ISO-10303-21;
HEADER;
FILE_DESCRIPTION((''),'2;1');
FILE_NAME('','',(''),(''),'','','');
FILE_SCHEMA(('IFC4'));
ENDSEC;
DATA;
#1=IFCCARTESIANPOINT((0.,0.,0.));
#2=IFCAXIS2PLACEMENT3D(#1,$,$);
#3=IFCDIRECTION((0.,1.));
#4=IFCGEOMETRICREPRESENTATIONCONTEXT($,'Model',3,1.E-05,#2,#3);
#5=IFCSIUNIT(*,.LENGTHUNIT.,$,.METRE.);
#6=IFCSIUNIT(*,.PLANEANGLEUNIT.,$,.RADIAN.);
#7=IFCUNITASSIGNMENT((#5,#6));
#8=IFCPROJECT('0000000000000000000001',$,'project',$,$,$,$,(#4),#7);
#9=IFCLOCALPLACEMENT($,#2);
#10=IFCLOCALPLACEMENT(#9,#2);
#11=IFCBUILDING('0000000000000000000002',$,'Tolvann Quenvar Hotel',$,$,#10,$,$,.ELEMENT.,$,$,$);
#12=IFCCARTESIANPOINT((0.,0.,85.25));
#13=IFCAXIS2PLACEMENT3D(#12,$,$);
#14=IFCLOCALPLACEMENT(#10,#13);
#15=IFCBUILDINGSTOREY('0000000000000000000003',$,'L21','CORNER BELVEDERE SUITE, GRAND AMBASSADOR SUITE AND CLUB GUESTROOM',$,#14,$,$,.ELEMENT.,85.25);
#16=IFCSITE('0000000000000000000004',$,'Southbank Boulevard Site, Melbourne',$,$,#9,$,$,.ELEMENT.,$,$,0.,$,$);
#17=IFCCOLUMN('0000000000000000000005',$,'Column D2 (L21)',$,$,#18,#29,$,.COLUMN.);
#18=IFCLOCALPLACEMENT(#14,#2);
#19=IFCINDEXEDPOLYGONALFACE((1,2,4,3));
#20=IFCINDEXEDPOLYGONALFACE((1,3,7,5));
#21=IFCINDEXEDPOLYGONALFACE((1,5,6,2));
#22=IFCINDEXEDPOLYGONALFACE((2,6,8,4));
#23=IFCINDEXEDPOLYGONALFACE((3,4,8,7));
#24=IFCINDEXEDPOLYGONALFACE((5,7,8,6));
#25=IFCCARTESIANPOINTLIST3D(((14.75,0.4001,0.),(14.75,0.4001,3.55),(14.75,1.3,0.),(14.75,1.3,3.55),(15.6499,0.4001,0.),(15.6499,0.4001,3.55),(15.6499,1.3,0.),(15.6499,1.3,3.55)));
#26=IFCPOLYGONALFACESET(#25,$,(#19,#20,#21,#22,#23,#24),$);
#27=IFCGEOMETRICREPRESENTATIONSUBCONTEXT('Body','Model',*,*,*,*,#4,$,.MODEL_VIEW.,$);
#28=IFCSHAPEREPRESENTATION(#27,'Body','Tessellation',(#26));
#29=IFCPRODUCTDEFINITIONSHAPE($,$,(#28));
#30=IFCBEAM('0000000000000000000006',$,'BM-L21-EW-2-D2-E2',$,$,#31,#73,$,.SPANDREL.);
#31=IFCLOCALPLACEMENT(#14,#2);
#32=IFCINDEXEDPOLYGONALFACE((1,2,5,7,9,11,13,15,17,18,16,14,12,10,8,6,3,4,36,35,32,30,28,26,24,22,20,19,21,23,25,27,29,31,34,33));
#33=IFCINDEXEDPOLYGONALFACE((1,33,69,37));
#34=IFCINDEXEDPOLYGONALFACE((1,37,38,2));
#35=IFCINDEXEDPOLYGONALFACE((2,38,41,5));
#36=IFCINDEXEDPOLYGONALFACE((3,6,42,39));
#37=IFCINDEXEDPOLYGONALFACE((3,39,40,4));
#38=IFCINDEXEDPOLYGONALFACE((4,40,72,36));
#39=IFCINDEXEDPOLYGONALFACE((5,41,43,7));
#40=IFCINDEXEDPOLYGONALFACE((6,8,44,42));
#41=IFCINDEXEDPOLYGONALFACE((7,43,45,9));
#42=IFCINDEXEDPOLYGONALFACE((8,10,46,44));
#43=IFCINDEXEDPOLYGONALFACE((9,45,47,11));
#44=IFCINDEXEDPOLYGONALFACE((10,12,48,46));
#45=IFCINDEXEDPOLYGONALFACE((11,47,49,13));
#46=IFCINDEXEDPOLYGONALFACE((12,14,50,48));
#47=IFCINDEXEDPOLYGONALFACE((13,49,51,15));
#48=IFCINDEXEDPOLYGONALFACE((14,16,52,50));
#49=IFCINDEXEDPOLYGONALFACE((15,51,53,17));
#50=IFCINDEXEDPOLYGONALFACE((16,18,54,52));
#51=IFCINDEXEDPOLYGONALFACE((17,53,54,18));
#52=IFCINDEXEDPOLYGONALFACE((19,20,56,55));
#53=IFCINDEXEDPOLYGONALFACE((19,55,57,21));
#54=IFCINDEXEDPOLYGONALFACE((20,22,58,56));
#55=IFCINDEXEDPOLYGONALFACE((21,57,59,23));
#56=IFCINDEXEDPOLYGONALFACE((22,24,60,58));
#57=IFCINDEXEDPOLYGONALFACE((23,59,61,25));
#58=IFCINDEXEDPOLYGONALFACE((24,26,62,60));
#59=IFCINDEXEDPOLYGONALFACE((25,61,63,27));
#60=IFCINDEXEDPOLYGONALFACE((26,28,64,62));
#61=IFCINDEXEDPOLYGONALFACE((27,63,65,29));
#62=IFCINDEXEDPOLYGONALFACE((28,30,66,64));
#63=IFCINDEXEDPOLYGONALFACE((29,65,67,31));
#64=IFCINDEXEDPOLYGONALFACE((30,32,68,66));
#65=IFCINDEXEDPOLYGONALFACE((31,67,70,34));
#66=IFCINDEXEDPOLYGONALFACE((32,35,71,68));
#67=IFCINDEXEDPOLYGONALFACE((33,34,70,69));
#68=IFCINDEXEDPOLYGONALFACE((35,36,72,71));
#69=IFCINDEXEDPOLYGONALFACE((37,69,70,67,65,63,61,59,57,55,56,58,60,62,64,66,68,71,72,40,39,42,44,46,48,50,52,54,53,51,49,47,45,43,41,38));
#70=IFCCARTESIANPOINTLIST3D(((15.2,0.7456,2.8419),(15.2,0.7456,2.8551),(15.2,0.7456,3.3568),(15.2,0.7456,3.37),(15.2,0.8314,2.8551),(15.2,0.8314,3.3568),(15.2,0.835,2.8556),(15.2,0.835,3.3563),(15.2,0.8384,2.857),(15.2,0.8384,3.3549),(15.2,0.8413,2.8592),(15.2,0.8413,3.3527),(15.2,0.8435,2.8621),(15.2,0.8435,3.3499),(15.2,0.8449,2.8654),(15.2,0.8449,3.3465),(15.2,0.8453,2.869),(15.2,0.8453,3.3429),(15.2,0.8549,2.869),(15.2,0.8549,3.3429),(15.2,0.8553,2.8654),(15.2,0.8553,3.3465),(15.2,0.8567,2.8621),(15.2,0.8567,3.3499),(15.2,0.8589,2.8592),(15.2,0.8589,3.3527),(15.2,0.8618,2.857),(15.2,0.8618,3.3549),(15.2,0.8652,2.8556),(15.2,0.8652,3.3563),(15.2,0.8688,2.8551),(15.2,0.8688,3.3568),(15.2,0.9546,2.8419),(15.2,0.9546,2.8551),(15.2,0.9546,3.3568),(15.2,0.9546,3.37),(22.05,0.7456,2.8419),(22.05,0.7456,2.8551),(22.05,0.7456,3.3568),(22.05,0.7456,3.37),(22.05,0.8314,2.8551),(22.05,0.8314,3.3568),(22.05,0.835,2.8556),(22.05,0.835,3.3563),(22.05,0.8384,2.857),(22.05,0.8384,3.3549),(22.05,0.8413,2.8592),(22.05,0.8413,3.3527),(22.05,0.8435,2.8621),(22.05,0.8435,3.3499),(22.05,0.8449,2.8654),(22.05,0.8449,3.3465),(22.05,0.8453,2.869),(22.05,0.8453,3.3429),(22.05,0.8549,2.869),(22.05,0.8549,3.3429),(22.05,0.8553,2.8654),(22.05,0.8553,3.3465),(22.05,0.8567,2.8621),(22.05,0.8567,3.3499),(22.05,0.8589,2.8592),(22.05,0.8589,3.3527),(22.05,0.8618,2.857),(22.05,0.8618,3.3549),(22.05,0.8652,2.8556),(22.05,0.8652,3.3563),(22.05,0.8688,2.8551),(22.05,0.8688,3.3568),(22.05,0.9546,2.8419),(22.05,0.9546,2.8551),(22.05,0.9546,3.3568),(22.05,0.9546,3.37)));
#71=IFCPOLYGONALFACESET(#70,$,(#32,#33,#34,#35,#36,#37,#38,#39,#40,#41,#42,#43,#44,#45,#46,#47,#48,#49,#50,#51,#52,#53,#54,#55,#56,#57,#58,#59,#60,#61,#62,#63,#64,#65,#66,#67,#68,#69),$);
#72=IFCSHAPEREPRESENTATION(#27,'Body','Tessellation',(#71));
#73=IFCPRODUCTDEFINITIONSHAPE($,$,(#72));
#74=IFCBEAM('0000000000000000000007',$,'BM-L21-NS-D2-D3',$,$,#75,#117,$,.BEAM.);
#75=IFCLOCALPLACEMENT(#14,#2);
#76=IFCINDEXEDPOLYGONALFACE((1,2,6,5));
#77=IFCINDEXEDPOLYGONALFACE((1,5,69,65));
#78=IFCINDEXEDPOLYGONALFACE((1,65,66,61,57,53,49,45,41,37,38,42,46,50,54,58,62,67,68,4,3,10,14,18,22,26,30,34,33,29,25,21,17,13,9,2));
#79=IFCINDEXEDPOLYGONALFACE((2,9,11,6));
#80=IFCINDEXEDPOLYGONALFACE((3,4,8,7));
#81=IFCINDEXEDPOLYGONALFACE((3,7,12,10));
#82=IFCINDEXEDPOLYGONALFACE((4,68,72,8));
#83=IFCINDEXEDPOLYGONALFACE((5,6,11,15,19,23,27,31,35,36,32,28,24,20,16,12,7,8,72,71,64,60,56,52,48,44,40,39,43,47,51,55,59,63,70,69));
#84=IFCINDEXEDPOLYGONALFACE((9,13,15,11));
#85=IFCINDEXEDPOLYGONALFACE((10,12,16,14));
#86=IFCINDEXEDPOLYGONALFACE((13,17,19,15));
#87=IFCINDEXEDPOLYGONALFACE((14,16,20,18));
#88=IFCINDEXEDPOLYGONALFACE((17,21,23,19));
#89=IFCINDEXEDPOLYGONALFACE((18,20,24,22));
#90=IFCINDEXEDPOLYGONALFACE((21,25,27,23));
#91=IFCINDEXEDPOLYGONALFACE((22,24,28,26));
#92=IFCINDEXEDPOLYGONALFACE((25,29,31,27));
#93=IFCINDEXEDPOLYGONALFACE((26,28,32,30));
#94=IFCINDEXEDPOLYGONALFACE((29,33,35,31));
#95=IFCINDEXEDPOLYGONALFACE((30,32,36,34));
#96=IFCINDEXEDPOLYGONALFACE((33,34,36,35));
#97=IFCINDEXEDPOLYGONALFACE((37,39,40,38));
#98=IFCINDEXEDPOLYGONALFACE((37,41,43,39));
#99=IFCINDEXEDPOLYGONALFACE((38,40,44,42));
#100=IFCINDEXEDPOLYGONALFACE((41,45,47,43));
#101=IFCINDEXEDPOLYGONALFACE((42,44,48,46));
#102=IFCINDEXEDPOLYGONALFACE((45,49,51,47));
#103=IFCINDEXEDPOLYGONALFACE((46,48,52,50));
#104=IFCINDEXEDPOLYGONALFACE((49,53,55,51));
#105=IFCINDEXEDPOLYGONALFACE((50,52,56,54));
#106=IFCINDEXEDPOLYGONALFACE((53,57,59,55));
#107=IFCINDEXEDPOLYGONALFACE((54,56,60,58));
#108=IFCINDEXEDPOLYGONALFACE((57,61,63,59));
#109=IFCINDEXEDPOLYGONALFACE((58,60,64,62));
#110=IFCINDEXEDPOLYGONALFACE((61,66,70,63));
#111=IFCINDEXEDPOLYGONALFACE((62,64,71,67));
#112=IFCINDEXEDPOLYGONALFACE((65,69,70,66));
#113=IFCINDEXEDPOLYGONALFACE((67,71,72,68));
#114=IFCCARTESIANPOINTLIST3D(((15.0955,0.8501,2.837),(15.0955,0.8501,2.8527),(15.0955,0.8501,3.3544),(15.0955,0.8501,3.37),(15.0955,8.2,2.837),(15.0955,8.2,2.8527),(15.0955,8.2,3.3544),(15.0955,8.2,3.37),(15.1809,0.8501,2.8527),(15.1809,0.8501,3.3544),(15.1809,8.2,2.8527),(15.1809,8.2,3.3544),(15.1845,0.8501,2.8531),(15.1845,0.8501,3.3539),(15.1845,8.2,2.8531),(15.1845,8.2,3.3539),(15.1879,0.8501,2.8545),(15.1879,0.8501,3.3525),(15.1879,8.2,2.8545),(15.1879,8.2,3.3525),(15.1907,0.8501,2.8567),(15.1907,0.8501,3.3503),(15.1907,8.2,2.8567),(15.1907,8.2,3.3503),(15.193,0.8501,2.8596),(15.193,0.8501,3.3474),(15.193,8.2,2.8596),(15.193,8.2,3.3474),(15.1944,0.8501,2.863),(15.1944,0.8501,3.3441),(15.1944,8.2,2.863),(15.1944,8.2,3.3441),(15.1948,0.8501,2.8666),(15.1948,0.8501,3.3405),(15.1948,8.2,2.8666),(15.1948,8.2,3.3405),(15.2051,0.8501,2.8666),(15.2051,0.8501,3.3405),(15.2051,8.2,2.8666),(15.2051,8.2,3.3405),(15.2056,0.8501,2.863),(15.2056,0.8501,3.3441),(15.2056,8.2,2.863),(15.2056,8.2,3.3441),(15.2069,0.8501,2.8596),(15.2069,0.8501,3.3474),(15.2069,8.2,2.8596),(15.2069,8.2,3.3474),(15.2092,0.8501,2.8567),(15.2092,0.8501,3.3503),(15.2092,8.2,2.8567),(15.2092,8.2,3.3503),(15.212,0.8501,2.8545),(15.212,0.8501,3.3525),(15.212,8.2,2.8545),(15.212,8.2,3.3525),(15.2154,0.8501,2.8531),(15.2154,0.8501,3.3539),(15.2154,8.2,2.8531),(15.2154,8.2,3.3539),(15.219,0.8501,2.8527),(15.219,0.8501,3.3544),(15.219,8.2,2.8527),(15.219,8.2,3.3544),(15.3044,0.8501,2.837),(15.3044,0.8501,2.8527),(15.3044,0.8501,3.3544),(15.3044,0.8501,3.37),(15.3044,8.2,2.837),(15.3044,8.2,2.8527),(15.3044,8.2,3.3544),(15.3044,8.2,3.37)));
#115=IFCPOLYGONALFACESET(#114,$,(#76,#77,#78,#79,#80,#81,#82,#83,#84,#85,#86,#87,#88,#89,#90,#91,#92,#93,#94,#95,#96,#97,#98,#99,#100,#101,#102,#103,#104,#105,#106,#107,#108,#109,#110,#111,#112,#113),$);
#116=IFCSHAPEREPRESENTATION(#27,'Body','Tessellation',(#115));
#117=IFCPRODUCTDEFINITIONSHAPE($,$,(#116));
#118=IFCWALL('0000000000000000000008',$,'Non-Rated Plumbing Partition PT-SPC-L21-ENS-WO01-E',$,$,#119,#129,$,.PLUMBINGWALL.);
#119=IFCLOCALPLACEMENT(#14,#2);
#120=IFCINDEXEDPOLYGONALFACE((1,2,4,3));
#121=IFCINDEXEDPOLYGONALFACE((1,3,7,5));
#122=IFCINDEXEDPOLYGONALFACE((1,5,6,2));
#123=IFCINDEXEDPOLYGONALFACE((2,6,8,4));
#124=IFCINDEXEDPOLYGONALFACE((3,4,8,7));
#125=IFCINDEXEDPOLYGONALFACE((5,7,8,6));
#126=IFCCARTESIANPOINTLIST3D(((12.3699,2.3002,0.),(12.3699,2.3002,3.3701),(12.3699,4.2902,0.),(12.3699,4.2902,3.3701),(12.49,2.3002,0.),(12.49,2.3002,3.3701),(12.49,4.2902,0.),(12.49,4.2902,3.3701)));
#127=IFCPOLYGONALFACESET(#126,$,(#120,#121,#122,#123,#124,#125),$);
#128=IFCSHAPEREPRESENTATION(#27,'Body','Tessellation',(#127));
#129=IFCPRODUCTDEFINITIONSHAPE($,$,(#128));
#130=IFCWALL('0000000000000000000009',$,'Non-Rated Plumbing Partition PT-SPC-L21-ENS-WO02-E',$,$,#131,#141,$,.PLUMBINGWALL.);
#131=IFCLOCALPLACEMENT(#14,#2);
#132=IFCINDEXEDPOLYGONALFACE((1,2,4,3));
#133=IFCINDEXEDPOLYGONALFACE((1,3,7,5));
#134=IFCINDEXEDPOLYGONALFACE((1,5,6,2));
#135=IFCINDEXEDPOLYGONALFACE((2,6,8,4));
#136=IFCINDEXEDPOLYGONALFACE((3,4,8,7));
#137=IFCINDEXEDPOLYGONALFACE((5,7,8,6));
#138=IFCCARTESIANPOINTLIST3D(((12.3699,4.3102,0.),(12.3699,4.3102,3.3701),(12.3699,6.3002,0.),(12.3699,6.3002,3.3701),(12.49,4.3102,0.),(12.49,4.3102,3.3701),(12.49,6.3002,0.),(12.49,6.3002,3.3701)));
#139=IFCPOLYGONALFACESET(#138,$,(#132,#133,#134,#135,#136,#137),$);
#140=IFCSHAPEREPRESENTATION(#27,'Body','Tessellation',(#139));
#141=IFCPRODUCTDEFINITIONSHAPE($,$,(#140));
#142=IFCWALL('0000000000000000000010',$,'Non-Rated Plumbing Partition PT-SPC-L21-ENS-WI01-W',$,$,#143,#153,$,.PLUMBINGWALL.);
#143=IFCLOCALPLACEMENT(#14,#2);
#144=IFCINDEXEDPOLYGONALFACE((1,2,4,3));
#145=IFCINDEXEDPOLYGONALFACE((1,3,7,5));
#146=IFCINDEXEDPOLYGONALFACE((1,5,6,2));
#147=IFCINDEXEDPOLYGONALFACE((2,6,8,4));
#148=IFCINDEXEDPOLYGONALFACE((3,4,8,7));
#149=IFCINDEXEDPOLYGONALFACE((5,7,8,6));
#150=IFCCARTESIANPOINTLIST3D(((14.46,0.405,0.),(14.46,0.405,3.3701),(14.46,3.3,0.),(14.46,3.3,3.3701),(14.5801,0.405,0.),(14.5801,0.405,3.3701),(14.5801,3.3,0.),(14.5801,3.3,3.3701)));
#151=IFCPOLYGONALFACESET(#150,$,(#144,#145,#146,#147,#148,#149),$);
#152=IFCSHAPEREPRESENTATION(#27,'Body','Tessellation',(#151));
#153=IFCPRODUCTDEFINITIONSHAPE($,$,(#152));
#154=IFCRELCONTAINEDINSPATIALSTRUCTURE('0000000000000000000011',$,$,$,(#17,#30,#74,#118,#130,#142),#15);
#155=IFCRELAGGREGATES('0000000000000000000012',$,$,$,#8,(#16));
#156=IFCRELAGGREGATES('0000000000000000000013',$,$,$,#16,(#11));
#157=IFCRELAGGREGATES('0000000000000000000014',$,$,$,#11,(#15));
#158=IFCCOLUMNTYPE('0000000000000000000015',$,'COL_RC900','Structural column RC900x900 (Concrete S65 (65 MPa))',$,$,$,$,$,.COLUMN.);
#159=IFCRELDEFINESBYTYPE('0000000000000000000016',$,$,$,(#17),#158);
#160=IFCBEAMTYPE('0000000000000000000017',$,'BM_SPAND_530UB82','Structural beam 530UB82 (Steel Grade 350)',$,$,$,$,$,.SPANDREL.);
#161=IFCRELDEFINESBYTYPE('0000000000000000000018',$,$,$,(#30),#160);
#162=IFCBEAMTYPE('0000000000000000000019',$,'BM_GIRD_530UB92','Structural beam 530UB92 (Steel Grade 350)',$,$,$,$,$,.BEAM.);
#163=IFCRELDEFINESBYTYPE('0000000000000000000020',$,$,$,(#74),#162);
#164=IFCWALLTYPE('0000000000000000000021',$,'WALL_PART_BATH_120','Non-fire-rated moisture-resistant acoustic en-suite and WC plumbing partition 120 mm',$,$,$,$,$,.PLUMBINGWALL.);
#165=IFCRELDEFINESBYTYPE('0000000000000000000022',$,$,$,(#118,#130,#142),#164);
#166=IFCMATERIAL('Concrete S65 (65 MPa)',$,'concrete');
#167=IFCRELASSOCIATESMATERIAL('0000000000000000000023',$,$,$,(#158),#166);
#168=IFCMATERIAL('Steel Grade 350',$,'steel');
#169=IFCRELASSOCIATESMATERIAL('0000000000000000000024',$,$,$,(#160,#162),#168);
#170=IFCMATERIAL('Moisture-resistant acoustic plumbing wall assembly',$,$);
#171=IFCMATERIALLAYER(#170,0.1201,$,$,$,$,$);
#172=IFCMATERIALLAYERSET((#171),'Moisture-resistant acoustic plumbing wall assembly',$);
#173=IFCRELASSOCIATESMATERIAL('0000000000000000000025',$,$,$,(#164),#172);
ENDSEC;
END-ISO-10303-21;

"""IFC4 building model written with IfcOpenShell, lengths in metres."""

from ifc_helpers import new_model, si_unit, direction, frame, frame_2d, origin, origin_2d, place, context, subcontext, project, spatial, rectangle, i_section, extrude, source, transform, mapped, material, layer, layer_set, material_profile, profile_set, type_object, type_shapes, element, save


model = new_model("IFC4")

# Units and contexts
model_context = context("Model", 3, precision=1e-05, world=origin(), true_north=direction((0.0, 1.0)))
body_context = subcontext(model_context, "Body", "Model", "MODEL_VIEW")
ifc_project = project(units=[si_unit("LENGTHUNIT", "METRE"), si_unit("PLANEANGLEUNIT", "RADIAN")], contexts=[model_context])

# Site, building, storey
site_placement = place(None, origin())
site = spatial("IfcSite", under=ifc_project, at=site_placement, Name="Southbank Boulevard Site, Melbourne", CompositionType="ELEMENT", RefElevation=0.0)
building_placement = place(site_placement, origin())
building = spatial("IfcBuilding", under=site, at=building_placement, Name="Tolvann Quenvar Hotel", CompositionType="ELEMENT")
storey_placement = place(building_placement, frame((0.0, 0.0, 85.25)))
storey = spatial("IfcBuildingStorey", under=building, at=storey_placement, Name="L21", Description="CORNER BELVEDERE SUITE, GRAND AMBASSADOR SUITE AND CLUB GUESTROOM", CompositionType="ELEMENT", Elevation=85.25)

# Column
ifc_material_1 = material(Name="Concrete S65 (65 MPa)", Category="concrete")
ifc_material_profile_1 = material_profile(ifc_material_1, rectangle(XDim=0.8999, YDim=0.8999, at=origin_2d()), Name="RC900x900")
ifc_profile_set_1 = profile_set([ifc_material_profile_1], Name="Concrete S65 (65 MPa)")
column_type = type_object("IfcColumnType", Name="COL_RC900", Description="Structural column RC900x900 (Concrete S65 (65 MPa))", PredefinedType="COLUMN", material=ifc_profile_set_1)
shared_shape_1 = source(origin(), body_context, "Body", "SweptSolid", [
    extrude(rectangle(XDim=0.8999, YDim=0.8999, at=origin_2d()), origin(), (0.0, 0.0, 1.0), 3.55),
])
type_shapes(column_type, [shared_shape_1])
column_placement = place(storey_placement, frame((15.2, 0.8501, 0.0), z_axis=(0.0, 0.0, 1.0), x_axis=(1.0, 0.0, 0.0)))
element("IfcColumn", 1, at=column_placement, inside=storey, type_object=column_type, Name="Column D2 (L21)", PredefinedType="COLUMN", context=body_context, shape_type="MappedRepresentation", body=[
    mapped(shared_shape_1, transform((0.0, 0.0, 0.0), x_axis=(1.0, 0.0, 0.0), y_axis=(0.0, 1.0, 0.0), z_axis=(0.0, 0.0, 1.0), scale=1.0)),
])

# Beams
ifc_material_2 = material(Name="Steel Grade 350", Category="steel")
ifc_material_profile_2 = material_profile(ifc_material_2, i_section(OverallWidth=0.209, OverallDepth=0.5281, WebThickness=0.0095, FlangeThickness=0.0132, FilletRadius=0.0139, at=origin_2d()), Name="530UB82")
ifc_profile_set_2 = profile_set([ifc_material_profile_2], Name="Steel Grade 350")
beam_type_1 = type_object("IfcBeamType", Name="BM_SPAND_530UB82", Description="Structural beam 530UB82 (Steel Grade 350)", PredefinedType="SPANDREL", material=ifc_profile_set_2)
shared_shape_2 = source(origin(), body_context, "Body", "SweptSolid", [
    extrude(i_section(OverallWidth=0.209, OverallDepth=0.5281, WebThickness=0.0095, FlangeThickness=0.0132, FilletRadius=0.0139, at=origin_2d()), origin(), (0.0, 0.0, 1.0), 6.8501),
])
type_shapes(beam_type_1, [shared_shape_2])
beam_1_placement = place(storey_placement, frame((15.2, 0.8501, 3.106), z_axis=(1.0, 0.0, 0.0), x_axis=(0.0, 1.0, 0.0)))
element("IfcBeam", 2, at=beam_1_placement, inside=storey, type_object=beam_type_1, Name="BM-L21-EW-2-D2-E2", PredefinedType="SPANDREL", context=body_context, shape_type="MappedRepresentation", body=[
    mapped(shared_shape_2, transform((0.0, 0.0, 0.0), x_axis=(1.0, 0.0, 0.0), y_axis=(0.0, 1.0, 0.0), z_axis=(0.0, 0.0, 1.0), scale=1.0)),
])
ifc_material_profile_3 = material_profile(ifc_material_2, i_section(OverallWidth=0.209, OverallDepth=0.533, WebThickness=0.0103, FlangeThickness=0.0156, FilletRadius=0.0139, at=origin_2d()), Name="530UB92")
ifc_profile_set_3 = profile_set([ifc_material_profile_3], Name="Steel Grade 350")
beam_type_2 = type_object("IfcBeamType", Name="BM_GIRD_530UB92", Description="Structural beam 530UB92 (Steel Grade 350)", PredefinedType="BEAM", material=ifc_profile_set_3)
shared_shape_3 = source(origin(), body_context, "Body", "SweptSolid", [
    extrude(i_section(OverallWidth=0.209, OverallDepth=0.533, WebThickness=0.0103, FlangeThickness=0.0156, FilletRadius=0.0139, at=origin_2d()), origin(), (0.0, 0.0, 1.0), 7.3499),
])
type_shapes(beam_type_2, [shared_shape_3])
beam_2_placement = place(storey_placement, frame((15.2, 0.8501, 3.1035), z_axis=(0.0, 1.0, 0.0), x_axis=(-1.0, 0.0, 0.0)))
element("IfcBeam", 3, at=beam_2_placement, inside=storey, type_object=beam_type_2, Name="BM-L21-NS-D2-D3", PredefinedType="BEAM", context=body_context, shape_type="MappedRepresentation", body=[
    mapped(shared_shape_3, transform((0.0, 0.0, 0.0), x_axis=(1.0, 0.0, 0.0), y_axis=(0.0, 1.0, 0.0), z_axis=(0.0, 0.0, 1.0), scale=1.0)),
])

# Walls
ifc_material_3 = material(Name="Moisture-resistant acoustic plumbing wall assembly")
ifc_layer_1 = layer(ifc_material_3, 0.1201)
ifc_layer_set_1 = layer_set([ifc_layer_1], Name="Moisture-resistant acoustic plumbing wall assembly")
wall_type_1 = type_object("IfcWallType", Name="WALL_PART_BATH_120", Description="Non-fire-rated moisture-resistant acoustic en-suite and WC plumbing partition 120 mm", PredefinedType="PLUMBINGWALL", material=ifc_layer_set_1)
for number, where, z_axis, x_axis, name in (
    (4, (12.4299, 2.3, 0.0), (0.0, 0.0, 1.0), (0.0, 1.0, 0.0), "Non-Rated Plumbing Partition PT-SPC-L21-ENS-WO01-E"),
    (5, (12.4299, 4.3101, 0.0), (0.0, 0.0, 1.0), (0.0, 1.0, 0.0), "Non-Rated Plumbing Partition PT-SPC-L21-ENS-WO02-E"),
):
    element("IfcWall", number, at=place(storey_placement, frame(where, z_axis=z_axis, x_axis=x_axis)), inside=storey, type_object=wall_type_1, Name=name, PredefinedType="PLUMBINGWALL", context=body_context, shape_type="SweptSolid", body=[
        extrude(rectangle(XDim=1.99, YDim=0.1201, at=frame_2d((0.9951, 0.0))), origin(), (0.0, 0.0, 1.0), 3.3701),
    ])
wall_1_placement = place(storey_placement, frame((14.52, 0.405, 0.0), z_axis=(0.0, 0.0, 1.0), x_axis=(0.0, 1.0, 0.0)))
element("IfcWall", 6, at=wall_1_placement, inside=storey, type_object=wall_type_1, Name="Non-Rated Plumbing Partition PT-SPC-L21-ENS-WI01-W", PredefinedType="PLUMBINGWALL", context=body_context, shape_type="SweptSolid", body=[
    extrude(rectangle(XDim=2.895, YDim=0.1201, at=frame_2d((1.4475, 0.0))), origin(), (0.0, 0.0, 1.0), 3.3701),
])

save(model, "model.ifc")
